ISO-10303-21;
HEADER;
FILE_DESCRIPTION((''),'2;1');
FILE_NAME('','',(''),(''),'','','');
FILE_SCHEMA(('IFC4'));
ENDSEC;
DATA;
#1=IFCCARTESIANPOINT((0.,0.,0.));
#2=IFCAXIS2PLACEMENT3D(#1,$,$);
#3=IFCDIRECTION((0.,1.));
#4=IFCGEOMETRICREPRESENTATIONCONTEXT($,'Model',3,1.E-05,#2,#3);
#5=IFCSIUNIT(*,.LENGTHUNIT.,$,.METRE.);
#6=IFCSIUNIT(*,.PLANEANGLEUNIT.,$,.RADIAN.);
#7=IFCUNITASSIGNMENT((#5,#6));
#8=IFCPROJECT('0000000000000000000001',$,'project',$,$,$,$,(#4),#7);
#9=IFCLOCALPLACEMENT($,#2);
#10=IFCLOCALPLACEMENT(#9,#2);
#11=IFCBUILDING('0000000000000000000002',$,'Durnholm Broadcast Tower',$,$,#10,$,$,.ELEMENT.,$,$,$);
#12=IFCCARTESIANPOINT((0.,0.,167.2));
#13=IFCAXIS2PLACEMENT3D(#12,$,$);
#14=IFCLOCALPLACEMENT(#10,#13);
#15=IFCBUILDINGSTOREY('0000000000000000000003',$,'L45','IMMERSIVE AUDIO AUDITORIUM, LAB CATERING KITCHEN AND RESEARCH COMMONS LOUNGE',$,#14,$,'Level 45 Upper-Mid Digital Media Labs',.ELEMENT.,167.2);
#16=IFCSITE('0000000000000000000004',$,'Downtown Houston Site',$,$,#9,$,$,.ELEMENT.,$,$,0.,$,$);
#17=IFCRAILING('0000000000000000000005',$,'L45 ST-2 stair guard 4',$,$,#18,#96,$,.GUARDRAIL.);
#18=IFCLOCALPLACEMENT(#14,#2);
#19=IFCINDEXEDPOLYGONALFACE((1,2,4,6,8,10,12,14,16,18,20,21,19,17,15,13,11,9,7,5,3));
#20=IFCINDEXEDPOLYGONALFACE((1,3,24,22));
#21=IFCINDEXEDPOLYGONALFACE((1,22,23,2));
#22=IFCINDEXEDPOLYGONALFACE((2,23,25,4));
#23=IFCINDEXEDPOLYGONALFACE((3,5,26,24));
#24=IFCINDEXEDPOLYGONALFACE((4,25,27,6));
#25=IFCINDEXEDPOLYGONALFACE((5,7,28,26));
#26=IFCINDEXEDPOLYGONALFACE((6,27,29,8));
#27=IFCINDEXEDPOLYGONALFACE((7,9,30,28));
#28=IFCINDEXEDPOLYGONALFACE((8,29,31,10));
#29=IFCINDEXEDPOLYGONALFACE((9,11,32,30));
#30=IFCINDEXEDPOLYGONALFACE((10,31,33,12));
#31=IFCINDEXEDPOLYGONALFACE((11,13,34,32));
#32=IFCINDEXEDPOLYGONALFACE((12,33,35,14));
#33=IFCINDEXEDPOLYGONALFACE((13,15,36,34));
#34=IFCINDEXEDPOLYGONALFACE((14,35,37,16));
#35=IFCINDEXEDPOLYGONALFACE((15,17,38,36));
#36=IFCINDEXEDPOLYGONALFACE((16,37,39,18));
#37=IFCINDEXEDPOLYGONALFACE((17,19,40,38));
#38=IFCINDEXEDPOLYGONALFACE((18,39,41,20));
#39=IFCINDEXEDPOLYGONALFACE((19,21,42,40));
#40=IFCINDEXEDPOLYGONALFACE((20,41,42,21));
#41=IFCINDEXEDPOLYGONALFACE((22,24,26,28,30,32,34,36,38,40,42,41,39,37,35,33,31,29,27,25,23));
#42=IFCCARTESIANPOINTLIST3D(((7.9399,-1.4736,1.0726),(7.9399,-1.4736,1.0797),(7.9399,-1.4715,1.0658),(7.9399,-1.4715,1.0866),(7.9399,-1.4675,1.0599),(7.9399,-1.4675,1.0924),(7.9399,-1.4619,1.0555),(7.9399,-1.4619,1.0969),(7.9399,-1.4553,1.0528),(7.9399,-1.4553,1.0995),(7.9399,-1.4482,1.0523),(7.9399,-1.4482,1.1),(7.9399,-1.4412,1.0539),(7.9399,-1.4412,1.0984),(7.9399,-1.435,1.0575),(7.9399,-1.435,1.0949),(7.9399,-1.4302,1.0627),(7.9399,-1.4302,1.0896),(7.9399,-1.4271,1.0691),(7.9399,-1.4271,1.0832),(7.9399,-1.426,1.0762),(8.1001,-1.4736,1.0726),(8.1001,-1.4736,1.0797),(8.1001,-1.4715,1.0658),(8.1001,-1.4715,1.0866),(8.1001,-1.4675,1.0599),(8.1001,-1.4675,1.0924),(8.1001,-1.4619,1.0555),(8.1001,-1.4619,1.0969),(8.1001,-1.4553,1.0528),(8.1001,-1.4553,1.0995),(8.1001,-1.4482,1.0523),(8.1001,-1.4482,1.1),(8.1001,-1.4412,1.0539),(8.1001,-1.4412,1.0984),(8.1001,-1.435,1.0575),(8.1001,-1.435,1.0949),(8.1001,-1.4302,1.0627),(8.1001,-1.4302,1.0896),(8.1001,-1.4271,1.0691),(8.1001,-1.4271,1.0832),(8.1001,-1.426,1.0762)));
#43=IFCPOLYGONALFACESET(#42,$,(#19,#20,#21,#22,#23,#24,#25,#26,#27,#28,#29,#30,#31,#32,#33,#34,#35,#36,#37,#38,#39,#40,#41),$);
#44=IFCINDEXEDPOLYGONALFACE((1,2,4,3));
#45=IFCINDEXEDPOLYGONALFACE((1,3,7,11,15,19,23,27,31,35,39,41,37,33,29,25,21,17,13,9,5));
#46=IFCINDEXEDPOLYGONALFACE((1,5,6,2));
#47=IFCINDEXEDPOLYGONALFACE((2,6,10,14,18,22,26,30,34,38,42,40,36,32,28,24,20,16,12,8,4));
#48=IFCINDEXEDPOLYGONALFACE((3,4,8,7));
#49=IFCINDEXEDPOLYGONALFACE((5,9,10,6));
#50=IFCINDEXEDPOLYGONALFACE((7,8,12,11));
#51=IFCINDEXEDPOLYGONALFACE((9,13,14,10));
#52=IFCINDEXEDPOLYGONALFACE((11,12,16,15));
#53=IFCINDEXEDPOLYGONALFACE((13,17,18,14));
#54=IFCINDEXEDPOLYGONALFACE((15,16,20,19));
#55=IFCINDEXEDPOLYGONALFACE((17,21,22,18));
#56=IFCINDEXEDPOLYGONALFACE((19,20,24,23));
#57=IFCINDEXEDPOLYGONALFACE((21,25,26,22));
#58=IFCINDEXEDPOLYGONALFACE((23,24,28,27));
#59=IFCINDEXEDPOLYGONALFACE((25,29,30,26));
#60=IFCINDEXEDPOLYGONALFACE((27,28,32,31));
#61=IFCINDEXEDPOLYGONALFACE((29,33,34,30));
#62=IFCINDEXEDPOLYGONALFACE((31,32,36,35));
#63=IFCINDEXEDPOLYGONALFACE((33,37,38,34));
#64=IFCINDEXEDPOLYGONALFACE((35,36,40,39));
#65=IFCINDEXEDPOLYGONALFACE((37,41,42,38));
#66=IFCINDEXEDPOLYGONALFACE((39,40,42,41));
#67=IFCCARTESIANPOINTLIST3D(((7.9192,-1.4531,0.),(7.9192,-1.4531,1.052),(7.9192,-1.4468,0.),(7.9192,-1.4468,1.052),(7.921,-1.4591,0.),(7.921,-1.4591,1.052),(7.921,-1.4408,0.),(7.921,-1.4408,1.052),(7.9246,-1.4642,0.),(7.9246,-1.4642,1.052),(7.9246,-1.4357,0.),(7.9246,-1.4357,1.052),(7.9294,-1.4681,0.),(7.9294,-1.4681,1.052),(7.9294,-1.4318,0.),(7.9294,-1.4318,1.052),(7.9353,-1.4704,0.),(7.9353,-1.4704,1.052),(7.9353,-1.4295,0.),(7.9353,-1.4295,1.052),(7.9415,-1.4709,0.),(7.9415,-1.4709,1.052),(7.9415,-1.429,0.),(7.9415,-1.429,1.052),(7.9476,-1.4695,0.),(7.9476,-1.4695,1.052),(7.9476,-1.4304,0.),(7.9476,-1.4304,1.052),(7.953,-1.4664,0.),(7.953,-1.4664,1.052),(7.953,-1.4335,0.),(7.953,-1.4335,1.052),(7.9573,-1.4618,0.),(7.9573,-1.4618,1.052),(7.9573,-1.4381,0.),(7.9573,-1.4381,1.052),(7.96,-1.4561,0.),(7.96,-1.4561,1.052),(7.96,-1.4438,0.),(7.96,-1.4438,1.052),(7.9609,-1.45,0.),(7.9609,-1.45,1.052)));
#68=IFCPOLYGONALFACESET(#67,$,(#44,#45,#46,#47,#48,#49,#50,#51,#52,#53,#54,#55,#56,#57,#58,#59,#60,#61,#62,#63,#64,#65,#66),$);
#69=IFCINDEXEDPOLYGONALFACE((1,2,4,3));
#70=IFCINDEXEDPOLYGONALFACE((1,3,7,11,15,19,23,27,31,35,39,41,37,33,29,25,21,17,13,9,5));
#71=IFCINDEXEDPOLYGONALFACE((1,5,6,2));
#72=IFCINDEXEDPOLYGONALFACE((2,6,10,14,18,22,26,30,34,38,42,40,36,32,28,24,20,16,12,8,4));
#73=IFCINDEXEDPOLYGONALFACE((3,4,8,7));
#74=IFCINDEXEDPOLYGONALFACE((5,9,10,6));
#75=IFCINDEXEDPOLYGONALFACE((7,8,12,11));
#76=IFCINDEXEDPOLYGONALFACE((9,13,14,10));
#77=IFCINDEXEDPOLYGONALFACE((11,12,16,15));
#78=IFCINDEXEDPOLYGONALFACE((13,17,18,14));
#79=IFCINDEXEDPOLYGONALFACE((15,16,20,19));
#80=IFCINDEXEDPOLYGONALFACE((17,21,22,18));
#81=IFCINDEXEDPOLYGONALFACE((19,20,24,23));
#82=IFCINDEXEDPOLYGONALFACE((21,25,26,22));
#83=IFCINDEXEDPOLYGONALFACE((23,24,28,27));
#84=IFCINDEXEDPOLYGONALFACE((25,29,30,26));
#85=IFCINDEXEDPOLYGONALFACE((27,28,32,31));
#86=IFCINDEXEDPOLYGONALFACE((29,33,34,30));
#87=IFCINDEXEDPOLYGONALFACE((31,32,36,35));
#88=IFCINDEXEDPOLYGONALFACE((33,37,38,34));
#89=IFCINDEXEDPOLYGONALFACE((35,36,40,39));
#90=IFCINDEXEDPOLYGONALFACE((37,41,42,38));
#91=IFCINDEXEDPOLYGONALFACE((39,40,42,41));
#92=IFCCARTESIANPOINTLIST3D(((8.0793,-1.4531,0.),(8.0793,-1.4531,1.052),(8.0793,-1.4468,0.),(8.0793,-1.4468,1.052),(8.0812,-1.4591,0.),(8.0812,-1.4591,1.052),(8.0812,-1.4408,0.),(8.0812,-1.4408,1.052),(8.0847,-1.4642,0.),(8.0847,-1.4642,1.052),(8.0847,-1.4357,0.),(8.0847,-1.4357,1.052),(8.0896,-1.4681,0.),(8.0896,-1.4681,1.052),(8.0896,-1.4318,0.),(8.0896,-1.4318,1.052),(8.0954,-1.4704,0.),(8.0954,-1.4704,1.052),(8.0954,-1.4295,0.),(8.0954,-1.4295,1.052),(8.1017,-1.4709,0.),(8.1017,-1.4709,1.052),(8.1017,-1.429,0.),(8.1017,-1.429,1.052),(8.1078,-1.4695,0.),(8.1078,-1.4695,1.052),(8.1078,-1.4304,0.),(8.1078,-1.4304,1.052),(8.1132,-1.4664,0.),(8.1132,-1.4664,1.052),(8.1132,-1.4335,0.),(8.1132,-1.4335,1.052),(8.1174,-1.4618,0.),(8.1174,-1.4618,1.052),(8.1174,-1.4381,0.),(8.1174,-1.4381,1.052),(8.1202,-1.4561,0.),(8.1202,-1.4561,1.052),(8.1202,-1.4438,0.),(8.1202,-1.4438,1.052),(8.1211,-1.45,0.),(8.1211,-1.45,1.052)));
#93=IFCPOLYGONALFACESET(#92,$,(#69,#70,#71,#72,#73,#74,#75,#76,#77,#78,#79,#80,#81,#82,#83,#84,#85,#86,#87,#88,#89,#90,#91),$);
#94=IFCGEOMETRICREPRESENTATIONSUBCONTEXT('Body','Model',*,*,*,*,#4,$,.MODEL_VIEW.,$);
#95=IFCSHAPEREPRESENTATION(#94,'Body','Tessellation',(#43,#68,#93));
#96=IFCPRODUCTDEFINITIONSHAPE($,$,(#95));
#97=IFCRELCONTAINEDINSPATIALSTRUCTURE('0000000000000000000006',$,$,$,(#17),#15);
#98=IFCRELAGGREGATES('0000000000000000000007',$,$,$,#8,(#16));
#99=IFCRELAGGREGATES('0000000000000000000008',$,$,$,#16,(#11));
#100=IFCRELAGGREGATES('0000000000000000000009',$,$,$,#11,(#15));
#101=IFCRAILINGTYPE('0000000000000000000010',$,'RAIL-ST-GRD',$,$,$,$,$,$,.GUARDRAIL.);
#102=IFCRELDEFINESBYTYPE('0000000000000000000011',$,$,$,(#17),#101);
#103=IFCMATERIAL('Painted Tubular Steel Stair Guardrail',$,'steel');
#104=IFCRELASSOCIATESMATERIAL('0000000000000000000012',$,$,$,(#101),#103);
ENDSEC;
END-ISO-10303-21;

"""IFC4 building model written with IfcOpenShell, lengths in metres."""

from ifc_helpers import new_model, si_unit, direction, frame, origin, origin_2d, place, context, subcontext, project, spatial, circle, extrude, material, type_object, element, save


model = new_model("IFC4")

# Units and contexts
model_context = context("Model", 3, precision=1e-05, world=origin(), true_north=direction((0.0, 1.0)))
body_context = subcontext(model_context, "Body", "Model", "MODEL_VIEW")
ifc_project = project(units=[si_unit("LENGTHUNIT", "METRE"), si_unit("PLANEANGLEUNIT", "RADIAN")], contexts=[model_context])

# Site, building, storey
site_placement = place(None, origin())
site = spatial("IfcSite", under=ifc_project, at=site_placement, Name="Downtown Houston Site", CompositionType="ELEMENT", RefElevation=0.0)
building_placement = place(site_placement, origin())
building = spatial("IfcBuilding", under=site, at=building_placement, Name="Durnholm Broadcast Tower", CompositionType="ELEMENT")
storey_placement = place(building_placement, frame((0.0, 0.0, 167.2)))
storey = spatial("IfcBuildingStorey", under=building, at=storey_placement, Name="L45", Description="IMMERSIVE AUDIO AUDITORIUM, LAB CATERING KITCHEN AND RESEARCH COMMONS LOUNGE", LongName="Level 45 Upper-Mid Digital Media Labs", CompositionType="ELEMENT", Elevation=167.2)

# Railing
ifc_material_1 = material(Name="Painted Tubular Steel Stair Guardrail", Category="steel")
railing_type_1 = type_object("IfcRailingType", Name="RAIL-ST-GRD", PredefinedType="GUARDRAIL", material=ifc_material_1)
railing_1_placement = place(storey_placement, frame((7.9399, -1.45, 0.0)))
element("IfcRailing", 1, at=railing_1_placement, inside=storey, type_object=railing_type_1, Name="L45 ST-2 stair guard 4", PredefinedType="GUARDRAIL", context=body_context, shape_type="SweptSolid", body=[
    extrude(circle(Radius=0.0239, at=origin_2d()), frame((0.0, 0.0, 1.0762), z_axis=(1.0, 0.0, 0.0), x_axis=(0.0, 1.0, 0.0)), (0.0, 0.0, 1.0), 0.1602),
    extrude(circle(Radius=0.021, at=origin_2d()), origin(), (0.0, 0.0, 1.0), 1.052),
    extrude(circle(Radius=0.021, at=origin_2d()), frame((0.1602, 0.0, 0.0)), (0.0, 0.0, 1.0), 1.052),
])

save(model, "model.ifc")
